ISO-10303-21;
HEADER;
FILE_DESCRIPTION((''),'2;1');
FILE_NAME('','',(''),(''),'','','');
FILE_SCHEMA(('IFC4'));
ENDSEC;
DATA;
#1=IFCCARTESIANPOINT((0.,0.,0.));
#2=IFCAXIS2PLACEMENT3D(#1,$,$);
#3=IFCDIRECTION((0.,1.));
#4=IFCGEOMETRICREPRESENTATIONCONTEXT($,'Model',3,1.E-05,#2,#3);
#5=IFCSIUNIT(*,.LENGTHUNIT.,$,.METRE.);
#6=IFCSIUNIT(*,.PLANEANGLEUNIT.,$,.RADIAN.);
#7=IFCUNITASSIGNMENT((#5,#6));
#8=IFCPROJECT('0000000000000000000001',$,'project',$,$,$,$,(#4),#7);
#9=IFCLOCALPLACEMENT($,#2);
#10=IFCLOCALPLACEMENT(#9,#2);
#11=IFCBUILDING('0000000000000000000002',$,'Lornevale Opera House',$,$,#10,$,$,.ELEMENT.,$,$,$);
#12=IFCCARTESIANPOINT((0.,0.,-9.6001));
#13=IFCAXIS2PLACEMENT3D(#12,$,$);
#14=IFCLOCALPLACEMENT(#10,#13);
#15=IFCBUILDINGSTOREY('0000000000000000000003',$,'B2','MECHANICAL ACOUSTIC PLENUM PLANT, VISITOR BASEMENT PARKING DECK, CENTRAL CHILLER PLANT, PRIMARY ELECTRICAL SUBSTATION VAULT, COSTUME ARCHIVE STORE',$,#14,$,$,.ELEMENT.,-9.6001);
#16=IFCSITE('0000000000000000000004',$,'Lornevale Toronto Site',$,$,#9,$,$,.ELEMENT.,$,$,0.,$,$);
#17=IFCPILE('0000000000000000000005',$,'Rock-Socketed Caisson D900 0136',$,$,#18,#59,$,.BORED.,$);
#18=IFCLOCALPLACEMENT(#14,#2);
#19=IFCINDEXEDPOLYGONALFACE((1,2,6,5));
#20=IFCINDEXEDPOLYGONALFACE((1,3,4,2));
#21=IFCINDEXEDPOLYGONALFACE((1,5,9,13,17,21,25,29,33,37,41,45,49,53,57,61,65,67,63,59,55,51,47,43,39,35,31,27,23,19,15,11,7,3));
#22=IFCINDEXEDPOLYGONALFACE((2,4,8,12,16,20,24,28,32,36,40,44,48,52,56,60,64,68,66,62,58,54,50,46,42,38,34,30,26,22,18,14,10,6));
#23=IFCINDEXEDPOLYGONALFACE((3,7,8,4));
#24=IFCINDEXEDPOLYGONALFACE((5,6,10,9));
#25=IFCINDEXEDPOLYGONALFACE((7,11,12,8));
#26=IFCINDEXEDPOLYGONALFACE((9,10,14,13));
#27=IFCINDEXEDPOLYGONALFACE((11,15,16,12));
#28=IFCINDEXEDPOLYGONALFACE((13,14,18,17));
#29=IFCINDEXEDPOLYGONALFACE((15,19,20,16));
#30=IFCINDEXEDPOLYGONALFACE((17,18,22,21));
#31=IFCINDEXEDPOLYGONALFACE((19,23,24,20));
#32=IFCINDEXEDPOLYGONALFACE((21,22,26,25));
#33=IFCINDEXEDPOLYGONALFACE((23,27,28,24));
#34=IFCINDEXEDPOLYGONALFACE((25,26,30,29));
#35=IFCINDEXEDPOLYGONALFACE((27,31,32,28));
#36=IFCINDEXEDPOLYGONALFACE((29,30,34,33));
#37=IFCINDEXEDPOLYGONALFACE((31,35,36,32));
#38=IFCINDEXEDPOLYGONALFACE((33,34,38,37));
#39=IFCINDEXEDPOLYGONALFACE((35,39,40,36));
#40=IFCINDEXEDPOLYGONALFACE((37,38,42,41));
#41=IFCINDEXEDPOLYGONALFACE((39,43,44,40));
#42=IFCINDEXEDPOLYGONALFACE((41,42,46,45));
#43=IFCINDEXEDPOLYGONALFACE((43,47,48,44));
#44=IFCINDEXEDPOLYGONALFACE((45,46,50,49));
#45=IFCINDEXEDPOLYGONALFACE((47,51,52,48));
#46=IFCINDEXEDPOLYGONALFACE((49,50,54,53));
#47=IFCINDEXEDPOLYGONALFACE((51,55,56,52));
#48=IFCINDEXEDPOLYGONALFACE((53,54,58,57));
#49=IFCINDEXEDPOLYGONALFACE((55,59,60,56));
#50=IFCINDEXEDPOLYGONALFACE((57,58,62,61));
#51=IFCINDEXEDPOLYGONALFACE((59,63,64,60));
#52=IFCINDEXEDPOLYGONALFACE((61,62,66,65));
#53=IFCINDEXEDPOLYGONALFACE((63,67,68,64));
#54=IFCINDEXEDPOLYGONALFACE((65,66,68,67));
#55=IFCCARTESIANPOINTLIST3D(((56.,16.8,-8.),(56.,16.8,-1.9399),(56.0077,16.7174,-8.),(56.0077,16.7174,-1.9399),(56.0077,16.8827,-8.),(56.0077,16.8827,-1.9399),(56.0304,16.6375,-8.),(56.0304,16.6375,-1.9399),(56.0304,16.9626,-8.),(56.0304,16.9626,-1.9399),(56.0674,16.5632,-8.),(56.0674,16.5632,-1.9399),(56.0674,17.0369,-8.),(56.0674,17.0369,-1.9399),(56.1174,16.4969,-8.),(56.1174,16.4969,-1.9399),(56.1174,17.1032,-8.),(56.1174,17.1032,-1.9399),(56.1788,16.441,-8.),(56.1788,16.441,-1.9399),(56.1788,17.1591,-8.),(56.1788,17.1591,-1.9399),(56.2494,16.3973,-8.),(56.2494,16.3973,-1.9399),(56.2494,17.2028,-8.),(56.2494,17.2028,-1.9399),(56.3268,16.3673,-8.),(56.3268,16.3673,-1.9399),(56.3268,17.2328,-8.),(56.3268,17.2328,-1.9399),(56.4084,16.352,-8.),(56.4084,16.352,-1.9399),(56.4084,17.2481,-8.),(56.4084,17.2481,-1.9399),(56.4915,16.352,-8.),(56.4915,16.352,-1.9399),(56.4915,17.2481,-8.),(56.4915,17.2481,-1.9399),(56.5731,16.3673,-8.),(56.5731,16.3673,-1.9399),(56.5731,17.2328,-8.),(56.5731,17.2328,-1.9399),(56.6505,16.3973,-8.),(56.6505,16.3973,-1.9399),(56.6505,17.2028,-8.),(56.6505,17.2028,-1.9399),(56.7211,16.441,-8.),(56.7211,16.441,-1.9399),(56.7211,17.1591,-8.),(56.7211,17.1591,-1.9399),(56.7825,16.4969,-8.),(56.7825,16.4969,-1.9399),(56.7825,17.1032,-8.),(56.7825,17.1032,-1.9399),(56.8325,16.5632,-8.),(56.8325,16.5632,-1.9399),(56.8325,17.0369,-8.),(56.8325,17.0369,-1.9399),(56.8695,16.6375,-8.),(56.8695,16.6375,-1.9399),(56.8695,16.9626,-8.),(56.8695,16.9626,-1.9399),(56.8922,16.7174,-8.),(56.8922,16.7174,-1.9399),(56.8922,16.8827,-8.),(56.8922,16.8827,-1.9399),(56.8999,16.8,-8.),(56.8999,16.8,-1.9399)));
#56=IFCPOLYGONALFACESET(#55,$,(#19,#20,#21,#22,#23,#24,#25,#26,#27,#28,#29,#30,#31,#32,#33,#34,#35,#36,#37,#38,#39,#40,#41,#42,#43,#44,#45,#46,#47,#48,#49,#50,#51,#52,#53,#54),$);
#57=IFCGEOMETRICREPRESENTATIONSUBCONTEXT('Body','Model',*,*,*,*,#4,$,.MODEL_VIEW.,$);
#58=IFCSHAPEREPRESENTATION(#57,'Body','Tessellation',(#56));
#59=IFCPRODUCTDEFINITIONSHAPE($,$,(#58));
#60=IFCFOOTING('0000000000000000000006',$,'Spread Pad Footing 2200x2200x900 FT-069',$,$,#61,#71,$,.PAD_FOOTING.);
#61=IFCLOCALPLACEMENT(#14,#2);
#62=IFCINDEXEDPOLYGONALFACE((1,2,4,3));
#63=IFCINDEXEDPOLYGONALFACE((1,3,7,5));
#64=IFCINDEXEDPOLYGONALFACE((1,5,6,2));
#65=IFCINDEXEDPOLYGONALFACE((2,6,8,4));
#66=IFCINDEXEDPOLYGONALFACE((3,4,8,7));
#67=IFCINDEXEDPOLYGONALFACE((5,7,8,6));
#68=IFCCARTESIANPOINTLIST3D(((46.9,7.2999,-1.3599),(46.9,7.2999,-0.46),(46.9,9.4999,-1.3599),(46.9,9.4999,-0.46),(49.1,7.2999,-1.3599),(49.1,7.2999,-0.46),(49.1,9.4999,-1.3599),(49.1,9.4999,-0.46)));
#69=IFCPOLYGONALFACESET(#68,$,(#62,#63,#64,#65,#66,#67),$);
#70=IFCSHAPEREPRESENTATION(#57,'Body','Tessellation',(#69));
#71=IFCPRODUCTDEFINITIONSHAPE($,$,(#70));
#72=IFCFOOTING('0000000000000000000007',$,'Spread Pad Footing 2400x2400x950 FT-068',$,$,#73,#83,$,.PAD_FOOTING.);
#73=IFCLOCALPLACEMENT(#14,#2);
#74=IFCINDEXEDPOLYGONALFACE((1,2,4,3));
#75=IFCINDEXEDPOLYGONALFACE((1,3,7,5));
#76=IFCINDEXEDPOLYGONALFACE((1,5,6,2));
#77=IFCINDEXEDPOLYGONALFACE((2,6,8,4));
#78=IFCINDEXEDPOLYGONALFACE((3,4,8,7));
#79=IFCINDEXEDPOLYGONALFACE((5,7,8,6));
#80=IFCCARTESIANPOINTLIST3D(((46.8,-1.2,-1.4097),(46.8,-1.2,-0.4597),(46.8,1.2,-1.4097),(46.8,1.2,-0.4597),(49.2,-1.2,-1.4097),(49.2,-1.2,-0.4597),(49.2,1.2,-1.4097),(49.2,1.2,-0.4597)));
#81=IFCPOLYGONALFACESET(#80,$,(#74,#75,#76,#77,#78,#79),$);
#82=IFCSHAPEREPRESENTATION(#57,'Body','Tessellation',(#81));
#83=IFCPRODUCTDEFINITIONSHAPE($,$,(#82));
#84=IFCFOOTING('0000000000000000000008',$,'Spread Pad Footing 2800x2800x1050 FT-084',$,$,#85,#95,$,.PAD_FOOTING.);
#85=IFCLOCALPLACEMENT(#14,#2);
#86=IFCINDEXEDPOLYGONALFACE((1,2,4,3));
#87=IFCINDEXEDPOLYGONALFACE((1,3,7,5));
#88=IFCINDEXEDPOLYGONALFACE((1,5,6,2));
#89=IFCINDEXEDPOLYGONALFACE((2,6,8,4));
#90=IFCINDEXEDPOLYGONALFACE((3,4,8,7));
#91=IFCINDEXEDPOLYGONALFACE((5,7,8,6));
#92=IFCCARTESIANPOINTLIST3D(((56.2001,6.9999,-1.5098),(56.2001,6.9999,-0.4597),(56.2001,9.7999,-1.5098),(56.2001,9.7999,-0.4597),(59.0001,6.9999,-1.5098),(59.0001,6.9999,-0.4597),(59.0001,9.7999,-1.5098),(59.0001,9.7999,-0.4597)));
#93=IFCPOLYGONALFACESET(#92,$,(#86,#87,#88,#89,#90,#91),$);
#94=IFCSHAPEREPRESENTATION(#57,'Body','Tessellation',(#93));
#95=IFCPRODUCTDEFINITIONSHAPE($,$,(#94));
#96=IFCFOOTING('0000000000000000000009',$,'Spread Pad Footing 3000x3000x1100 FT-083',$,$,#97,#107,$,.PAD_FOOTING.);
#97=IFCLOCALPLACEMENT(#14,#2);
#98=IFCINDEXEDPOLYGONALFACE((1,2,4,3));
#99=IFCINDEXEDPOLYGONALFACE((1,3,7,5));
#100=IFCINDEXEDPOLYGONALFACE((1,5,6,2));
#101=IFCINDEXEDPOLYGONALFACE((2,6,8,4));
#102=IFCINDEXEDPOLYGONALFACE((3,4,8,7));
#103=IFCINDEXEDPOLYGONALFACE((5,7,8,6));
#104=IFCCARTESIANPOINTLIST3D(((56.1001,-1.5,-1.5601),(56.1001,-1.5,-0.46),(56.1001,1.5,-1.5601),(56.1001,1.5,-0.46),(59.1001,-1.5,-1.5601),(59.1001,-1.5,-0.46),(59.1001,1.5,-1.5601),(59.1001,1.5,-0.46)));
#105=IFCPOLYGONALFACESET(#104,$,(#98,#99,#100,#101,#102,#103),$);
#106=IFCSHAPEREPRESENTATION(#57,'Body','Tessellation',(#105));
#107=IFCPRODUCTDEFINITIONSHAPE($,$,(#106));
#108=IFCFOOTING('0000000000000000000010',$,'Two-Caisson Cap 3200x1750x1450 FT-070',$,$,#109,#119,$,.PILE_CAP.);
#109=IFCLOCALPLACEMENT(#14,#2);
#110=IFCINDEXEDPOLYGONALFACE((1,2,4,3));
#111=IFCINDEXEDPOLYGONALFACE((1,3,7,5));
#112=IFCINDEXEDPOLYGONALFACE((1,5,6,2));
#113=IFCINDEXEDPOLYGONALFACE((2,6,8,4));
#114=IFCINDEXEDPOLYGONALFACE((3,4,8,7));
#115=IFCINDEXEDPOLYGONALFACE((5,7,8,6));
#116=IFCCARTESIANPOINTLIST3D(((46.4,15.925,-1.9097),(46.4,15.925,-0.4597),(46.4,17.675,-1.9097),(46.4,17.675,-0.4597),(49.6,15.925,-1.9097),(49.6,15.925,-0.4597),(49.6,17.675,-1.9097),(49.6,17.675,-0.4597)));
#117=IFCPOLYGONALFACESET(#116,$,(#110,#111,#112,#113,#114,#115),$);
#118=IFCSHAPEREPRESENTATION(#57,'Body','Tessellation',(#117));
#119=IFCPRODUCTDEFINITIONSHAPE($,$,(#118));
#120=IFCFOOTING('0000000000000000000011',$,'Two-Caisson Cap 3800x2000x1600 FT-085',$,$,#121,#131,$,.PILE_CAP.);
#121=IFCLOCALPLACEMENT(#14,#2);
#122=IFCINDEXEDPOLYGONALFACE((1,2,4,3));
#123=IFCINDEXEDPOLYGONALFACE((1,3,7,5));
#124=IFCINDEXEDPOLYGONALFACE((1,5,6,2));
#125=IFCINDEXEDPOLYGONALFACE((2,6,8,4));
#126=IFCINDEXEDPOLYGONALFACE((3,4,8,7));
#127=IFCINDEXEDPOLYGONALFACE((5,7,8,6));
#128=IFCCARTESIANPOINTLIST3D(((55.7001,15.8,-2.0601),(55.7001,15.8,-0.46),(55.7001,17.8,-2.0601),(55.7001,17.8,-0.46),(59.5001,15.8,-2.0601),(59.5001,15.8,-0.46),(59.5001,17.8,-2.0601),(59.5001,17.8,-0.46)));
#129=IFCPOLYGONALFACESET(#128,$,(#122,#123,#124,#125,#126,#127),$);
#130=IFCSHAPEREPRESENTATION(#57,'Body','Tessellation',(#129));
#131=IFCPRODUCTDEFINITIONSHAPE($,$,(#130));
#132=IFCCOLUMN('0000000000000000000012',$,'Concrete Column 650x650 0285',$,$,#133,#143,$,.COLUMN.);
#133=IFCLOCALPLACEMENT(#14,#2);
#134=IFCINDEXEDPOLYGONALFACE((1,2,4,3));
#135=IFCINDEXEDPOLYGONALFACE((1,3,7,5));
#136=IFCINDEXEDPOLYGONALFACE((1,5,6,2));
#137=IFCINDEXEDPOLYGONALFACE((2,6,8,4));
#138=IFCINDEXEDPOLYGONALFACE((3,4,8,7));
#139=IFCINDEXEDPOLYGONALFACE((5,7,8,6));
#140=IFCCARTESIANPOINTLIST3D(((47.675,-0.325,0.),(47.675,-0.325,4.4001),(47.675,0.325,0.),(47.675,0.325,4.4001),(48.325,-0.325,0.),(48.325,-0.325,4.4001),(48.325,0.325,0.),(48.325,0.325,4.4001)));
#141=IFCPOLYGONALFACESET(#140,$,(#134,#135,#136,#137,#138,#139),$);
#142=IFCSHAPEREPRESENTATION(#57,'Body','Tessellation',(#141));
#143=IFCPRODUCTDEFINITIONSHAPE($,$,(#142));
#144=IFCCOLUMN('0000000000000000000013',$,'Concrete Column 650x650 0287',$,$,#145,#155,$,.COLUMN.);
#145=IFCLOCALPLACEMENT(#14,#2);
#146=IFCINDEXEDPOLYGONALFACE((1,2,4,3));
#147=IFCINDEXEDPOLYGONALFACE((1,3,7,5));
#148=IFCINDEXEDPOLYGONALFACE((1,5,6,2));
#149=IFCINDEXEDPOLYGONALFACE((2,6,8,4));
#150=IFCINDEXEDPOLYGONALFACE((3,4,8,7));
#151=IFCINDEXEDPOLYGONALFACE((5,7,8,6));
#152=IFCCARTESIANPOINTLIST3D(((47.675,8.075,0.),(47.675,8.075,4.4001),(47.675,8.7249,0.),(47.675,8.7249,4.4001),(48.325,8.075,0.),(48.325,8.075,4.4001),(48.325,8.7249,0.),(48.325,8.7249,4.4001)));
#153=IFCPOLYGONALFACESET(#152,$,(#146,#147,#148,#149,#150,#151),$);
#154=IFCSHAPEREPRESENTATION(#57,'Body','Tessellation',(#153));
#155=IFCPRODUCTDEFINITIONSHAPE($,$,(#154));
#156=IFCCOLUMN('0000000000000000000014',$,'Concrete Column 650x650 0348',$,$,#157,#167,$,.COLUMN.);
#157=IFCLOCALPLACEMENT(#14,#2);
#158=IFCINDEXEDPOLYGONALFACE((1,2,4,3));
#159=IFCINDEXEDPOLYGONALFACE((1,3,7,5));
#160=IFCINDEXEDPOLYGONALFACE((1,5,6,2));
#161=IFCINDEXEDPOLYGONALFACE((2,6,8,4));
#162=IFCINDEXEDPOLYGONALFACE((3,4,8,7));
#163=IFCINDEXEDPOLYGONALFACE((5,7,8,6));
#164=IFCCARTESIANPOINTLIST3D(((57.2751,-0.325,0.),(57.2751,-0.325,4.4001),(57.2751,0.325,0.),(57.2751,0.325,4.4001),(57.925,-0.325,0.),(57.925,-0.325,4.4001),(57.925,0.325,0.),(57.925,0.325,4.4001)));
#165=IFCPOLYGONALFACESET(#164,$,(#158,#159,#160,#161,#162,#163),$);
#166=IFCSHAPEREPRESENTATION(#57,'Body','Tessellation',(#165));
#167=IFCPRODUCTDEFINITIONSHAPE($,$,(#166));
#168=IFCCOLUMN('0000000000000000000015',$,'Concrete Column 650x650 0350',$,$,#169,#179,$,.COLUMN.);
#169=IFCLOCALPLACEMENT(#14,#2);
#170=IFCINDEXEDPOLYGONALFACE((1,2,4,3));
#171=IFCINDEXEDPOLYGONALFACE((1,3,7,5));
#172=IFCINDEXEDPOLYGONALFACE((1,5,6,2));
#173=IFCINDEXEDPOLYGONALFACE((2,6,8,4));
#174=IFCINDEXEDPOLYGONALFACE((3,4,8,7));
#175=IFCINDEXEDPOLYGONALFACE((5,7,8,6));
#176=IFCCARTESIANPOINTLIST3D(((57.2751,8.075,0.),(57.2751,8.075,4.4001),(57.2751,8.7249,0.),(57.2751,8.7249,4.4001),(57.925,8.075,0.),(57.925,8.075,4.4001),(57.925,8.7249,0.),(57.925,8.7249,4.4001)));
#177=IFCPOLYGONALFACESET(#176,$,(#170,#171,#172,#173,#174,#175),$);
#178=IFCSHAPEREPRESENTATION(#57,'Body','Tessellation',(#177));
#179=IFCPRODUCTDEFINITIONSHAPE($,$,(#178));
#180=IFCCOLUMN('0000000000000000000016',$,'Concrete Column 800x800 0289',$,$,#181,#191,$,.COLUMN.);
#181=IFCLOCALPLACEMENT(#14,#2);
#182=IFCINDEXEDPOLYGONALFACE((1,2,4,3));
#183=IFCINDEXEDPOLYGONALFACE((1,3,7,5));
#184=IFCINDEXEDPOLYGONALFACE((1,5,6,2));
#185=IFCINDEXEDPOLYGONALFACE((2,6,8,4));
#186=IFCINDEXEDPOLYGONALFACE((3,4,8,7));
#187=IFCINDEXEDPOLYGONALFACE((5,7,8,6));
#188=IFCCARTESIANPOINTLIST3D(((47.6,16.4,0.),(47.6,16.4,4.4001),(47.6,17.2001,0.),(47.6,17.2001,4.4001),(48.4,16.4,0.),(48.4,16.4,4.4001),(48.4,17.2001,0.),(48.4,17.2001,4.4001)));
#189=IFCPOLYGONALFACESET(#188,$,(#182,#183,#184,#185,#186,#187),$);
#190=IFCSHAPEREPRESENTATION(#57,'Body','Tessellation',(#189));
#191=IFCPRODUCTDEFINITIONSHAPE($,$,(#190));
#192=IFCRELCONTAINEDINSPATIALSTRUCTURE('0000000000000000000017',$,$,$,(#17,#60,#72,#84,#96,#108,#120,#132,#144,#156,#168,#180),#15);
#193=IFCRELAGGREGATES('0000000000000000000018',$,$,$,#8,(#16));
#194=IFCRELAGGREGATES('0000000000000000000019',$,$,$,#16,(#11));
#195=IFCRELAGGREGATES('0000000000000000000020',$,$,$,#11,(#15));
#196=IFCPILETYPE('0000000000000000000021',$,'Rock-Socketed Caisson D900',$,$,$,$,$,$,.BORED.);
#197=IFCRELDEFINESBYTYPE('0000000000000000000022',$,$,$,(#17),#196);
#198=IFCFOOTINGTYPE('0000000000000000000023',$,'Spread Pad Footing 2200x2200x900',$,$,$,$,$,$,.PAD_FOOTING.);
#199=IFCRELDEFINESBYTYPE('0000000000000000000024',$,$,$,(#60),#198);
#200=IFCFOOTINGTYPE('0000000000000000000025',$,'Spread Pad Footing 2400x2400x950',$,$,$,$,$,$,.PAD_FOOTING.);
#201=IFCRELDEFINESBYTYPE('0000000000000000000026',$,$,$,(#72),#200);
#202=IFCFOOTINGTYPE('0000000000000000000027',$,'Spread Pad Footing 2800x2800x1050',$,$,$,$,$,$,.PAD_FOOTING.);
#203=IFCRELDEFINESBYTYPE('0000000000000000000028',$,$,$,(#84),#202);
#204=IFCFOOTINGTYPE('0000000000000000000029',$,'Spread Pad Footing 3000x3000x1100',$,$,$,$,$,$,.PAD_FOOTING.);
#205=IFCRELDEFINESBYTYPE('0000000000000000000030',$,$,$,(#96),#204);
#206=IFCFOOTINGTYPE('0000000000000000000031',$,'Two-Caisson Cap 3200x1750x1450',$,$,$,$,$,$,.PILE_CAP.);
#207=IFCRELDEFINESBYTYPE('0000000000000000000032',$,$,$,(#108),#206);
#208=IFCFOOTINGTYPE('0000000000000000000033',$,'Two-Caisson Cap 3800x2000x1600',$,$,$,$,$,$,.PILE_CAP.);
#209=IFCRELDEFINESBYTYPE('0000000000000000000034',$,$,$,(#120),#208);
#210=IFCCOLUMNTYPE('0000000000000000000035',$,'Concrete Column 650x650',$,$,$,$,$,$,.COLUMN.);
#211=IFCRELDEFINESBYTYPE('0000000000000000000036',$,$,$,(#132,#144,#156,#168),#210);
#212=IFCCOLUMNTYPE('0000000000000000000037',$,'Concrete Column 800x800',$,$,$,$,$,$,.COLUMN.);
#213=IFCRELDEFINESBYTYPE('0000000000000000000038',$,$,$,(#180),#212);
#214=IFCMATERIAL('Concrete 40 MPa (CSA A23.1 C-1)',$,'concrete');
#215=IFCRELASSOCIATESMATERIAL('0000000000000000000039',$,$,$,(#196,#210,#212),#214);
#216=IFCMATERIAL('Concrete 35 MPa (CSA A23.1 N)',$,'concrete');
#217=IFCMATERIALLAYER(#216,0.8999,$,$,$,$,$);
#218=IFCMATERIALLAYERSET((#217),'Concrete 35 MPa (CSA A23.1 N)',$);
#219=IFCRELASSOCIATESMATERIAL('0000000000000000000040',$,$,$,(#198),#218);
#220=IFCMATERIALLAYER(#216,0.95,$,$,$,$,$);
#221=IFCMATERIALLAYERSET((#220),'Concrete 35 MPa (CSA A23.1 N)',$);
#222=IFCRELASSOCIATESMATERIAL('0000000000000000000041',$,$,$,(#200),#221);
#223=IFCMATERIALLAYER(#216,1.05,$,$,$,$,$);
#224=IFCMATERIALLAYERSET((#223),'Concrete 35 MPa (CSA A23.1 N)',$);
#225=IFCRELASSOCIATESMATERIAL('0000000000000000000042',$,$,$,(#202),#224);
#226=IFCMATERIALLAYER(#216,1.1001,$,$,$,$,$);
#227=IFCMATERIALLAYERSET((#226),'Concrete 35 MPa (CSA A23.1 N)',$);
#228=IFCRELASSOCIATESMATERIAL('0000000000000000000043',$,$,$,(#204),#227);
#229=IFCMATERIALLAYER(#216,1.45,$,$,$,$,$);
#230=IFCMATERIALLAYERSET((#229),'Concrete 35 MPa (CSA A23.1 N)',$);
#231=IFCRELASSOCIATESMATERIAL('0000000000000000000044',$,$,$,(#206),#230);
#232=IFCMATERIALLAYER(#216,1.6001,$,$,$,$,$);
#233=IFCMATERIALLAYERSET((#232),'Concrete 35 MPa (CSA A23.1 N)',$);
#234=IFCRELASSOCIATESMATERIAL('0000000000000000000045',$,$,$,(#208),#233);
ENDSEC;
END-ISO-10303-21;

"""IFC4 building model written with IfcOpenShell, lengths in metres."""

from ifc_helpers import new_model, si_unit, direction, frame, origin, origin_2d, place, context, subcontext, project, spatial, rectangle, circle, extrude, material, layer, layer_set, material_profile, profile_set, type_object, element, save


model = new_model("IFC4")

# Units and contexts
model_context = context("Model", 3, precision=1e-05, world=origin(), true_north=direction((0.0, 1.0)))
body_context = subcontext(model_context, "Body", "Model", "MODEL_VIEW")
ifc_project = project(units=[si_unit("LENGTHUNIT", "METRE"), si_unit("PLANEANGLEUNIT", "RADIAN")], contexts=[model_context])

# Site, building, storey
site_placement = place(None, origin())
site = spatial("IfcSite", under=ifc_project, at=site_placement, Name="Lornevale Toronto Site", CompositionType="ELEMENT", RefElevation=0.0)
building_placement = place(site_placement, origin())
building = spatial("IfcBuilding", under=site, at=building_placement, Name="Lornevale Opera House", CompositionType="ELEMENT")
storey_placement = place(building_placement, frame((0.0, 0.0, -9.6001)))
storey = spatial("IfcBuildingStorey", under=building, at=storey_placement, Name="B2", Description="MECHANICAL ACOUSTIC PLENUM PLANT, VISITOR BASEMENT PARKING DECK, CENTRAL CHILLER PLANT, PRIMARY ELECTRICAL SUBSTATION VAULT, COSTUME ARCHIVE STORE", CompositionType="ELEMENT", Elevation=-9.6001)

# Shared definitions
ifc_material_1 = material(Name="Concrete 40 MPa (CSA A23.1 C-1)", Category="concrete")

# Shared definitions
ifc_material_2 = material(Name="Concrete 35 MPa (CSA A23.1 N)", Category="concrete")

# Pile
ifc_material_profile_1 = material_profile(ifc_material_1, circle(Radius=0.45, at=origin_2d()), Name="CAIS900")
ifc_profile_set_1 = profile_set([ifc_material_profile_1], Name="Concrete 40 MPa (CSA A23.1 C-1)")
pile_type_1 = type_object("IfcPileType", Name="Rock-Socketed Caisson D900", PredefinedType="BORED", material=ifc_profile_set_1)
pile_1_placement = place(storey_placement, frame((56.45, 16.8, -1.9399), z_axis=(0.0, 0.0, -1.0), x_axis=(1.0, 0.0, 0.0)))
element("IfcPile", 1, at=pile_1_placement, inside=storey, type_object=pile_type_1, Name="Rock-Socketed Caisson D900 0136", PredefinedType="BORED", context=body_context, shape_type="SweptSolid", body=[
    extrude(circle(Radius=0.45, at=origin_2d()), origin(), (0.0, 0.0, 1.0), 6.0601),
])

# Footings
ifc_layer_1 = layer(ifc_material_2, 0.8999)
ifc_layer_set_1 = layer_set([ifc_layer_1], Name="Concrete 35 MPa (CSA A23.1 N)")
footing_type_1 = type_object("IfcFootingType", Name="Spread Pad Footing 2200x2200x900", PredefinedType="PAD_FOOTING", material=ifc_layer_set_1)
footing_1_placement = place(storey_placement, frame((48.0, 8.3999, -1.3599), z_axis=(0.0, 0.0, 1.0), x_axis=(1.0, 0.0, 0.0)))
element("IfcFooting", 2, at=footing_1_placement, inside=storey, type_object=footing_type_1, Name="Spread Pad Footing 2200x2200x900 FT-069", PredefinedType="PAD_FOOTING", context=body_context, shape_type="SweptSolid", body=[
    extrude(rectangle(XDim=2.2, YDim=2.2, at=origin_2d()), origin(), (0.0, 0.0, 1.0), 0.8999),
])
ifc_layer_2 = layer(ifc_material_2, 0.95)
ifc_layer_set_2 = layer_set([ifc_layer_2], Name="Concrete 35 MPa (CSA A23.1 N)")
footing_type_2 = type_object("IfcFootingType", Name="Spread Pad Footing 2400x2400x950", PredefinedType="PAD_FOOTING", material=ifc_layer_set_2)
footing_2_placement = place(storey_placement, frame((48.0, 0.0, -1.4097), z_axis=(0.0, 0.0, 1.0), x_axis=(1.0, 0.0, 0.0)))
element("IfcFooting", 3, at=footing_2_placement, inside=storey, type_object=footing_type_2, Name="Spread Pad Footing 2400x2400x950 FT-068", PredefinedType="PAD_FOOTING", context=body_context, shape_type="SweptSolid", body=[
    extrude(rectangle(XDim=2.3999, YDim=2.3999, at=origin_2d()), origin(), (0.0, 0.0, 1.0), 0.95),
])
ifc_layer_3 = layer(ifc_material_2, 1.05)
ifc_layer_set_3 = layer_set([ifc_layer_3], Name="Concrete 35 MPa (CSA A23.1 N)")
footing_type_3 = type_object("IfcFootingType", Name="Spread Pad Footing 2800x2800x1050", PredefinedType="PAD_FOOTING", material=ifc_layer_set_3)
footing_3_placement = place(storey_placement, frame((57.6001, 8.3999, -1.5098), z_axis=(0.0, 0.0, 1.0), x_axis=(1.0, 0.0, 0.0)))
element("IfcFooting", 4, at=footing_3_placement, inside=storey, type_object=footing_type_3, Name="Spread Pad Footing 2800x2800x1050 FT-084", PredefinedType="PAD_FOOTING", context=body_context, shape_type="SweptSolid", body=[
    extrude(rectangle(XDim=2.8, YDim=2.8, at=origin_2d()), origin(), (0.0, 0.0, 1.0), 1.05),
])
ifc_layer_4 = layer(ifc_material_2, 1.1001)
ifc_layer_set_4 = layer_set([ifc_layer_4], Name="Concrete 35 MPa (CSA A23.1 N)")
footing_type_4 = type_object("IfcFootingType", Name="Spread Pad Footing 3000x3000x1100", PredefinedType="PAD_FOOTING", material=ifc_layer_set_4)
footing_4_placement = place(storey_placement, frame((57.6001, 0.0, -1.5601), z_axis=(0.0, 0.0, 1.0), x_axis=(1.0, 0.0, 0.0)))
element("IfcFooting", 5, at=footing_4_placement, inside=storey, type_object=footing_type_4, Name="Spread Pad Footing 3000x3000x1100 FT-083", PredefinedType="PAD_FOOTING", context=body_context, shape_type="SweptSolid", body=[
    extrude(rectangle(XDim=3.0, YDim=3.0, at=origin_2d()), origin(), (0.0, 0.0, 1.0), 1.1001),
])
ifc_layer_5 = layer(ifc_material_2, 1.45)
ifc_layer_set_5 = layer_set([ifc_layer_5], Name="Concrete 35 MPa (CSA A23.1 N)")
footing_type_5 = type_object("IfcFootingType", Name="Two-Caisson Cap 3200x1750x1450", PredefinedType="PILE_CAP", material=ifc_layer_set_5)
footing_5_placement = place(storey_placement, frame((48.0, 16.8, -1.9097), z_axis=(0.0, 0.0, 1.0), x_axis=(1.0, 0.0, 0.0)))
element("IfcFooting", 6, at=footing_5_placement, inside=storey, type_object=footing_type_5, Name="Two-Caisson Cap 3200x1750x1450 FT-070", PredefinedType="PILE_CAP", context=body_context, shape_type="SweptSolid", body=[
    extrude(rectangle(XDim=3.2, YDim=1.75, at=origin_2d()), origin(), (0.0, 0.0, 1.0), 1.45),
])
ifc_layer_6 = layer(ifc_material_2, 1.6001)
ifc_layer_set_6 = layer_set([ifc_layer_6], Name="Concrete 35 MPa (CSA A23.1 N)")
footing_type_6 = type_object("IfcFootingType", Name="Two-Caisson Cap 3800x2000x1600", PredefinedType="PILE_CAP", material=ifc_layer_set_6)
footing_6_placement = place(storey_placement, frame((57.6001, 16.8, -2.0601), z_axis=(0.0, 0.0, 1.0), x_axis=(1.0, 0.0, 0.0)))
element("IfcFooting", 7, at=footing_6_placement, inside=storey, type_object=footing_type_6, Name="Two-Caisson Cap 3800x2000x1600 FT-085", PredefinedType="PILE_CAP", context=body_context, shape_type="SweptSolid", body=[
    extrude(rectangle(XDim=3.8, YDim=2.0, at=origin_2d()), origin(), (0.0, 0.0, 1.0), 1.6001),
])

# Columns
ifc_material_profile_2 = material_profile(ifc_material_1, rectangle(XDim=0.6499, YDim=0.6499, at=origin_2d()), Name="RC650x650")
ifc_profile_set_2 = profile_set([ifc_material_profile_2], Name="Concrete 40 MPa (CSA A23.1 C-1)")
column_type_1 = type_object("IfcColumnType", Name="Concrete Column 650x650", PredefinedType="COLUMN", material=ifc_profile_set_2)
for number, where, z_axis, x_axis, name in (
    (8, (48.0, 0.0, 0.0), (0.0, 0.0, 1.0), (1.0, 0.0, 0.0), "Concrete Column 650x650 0285"),
    (9, (48.0, 8.3999, 0.0), (0.0, 0.0, 1.0), (1.0, 0.0, 0.0), "Concrete Column 650x650 0287"),
    (10, (57.6001, 0.0, 0.0), (0.0, 0.0, 1.0), (1.0, 0.0, 0.0), "Concrete Column 650x650 0348"),
    (11, (57.6001, 8.3999, 0.0), (0.0, 0.0, 1.0), (1.0, 0.0, 0.0), "Concrete Column 650x650 0350"),
):
    element("IfcColumn", number, at=place(storey_placement, frame(where, z_axis=z_axis, x_axis=x_axis)), inside=storey, type_object=column_type_1, Name=name, PredefinedType="COLUMN", context=body_context, shape_type="SweptSolid", body=[
        extrude(rectangle(XDim=0.6499, YDim=0.6499, at=origin_2d()), origin(), (0.0, 0.0, 1.0), 4.4001),
    ])
ifc_material_profile_3 = material_profile(ifc_material_1, rectangle(XDim=0.8, YDim=0.8, at=origin_2d()), Name="RC800x800")
ifc_profile_set_3 = profile_set([ifc_material_profile_3], Name="Concrete 40 MPa (CSA A23.1 C-1)")
column_type_2 = type_object("IfcColumnType", Name="Concrete Column 800x800", PredefinedType="COLUMN", material=ifc_profile_set_3)
for number, where, z_axis, x_axis, name in (
    (12, (48.0, 16.8, 0.0), (0.0, 0.0, 1.0), (1.0, 0.0, 0.0), "Concrete Column 800x800 0289"),
):
    element("IfcColumn", number, at=place(storey_placement, frame(where, z_axis=z_axis, x_axis=x_axis)), inside=storey, type_object=column_type_2, Name=name, PredefinedType="COLUMN", context=body_context, shape_type="SweptSolid", body=[
        extrude(rectangle(XDim=0.8, YDim=0.8, at=origin_2d()), origin(), (0.0, 0.0, 1.0), 4.4001),
    ])

save(model, "model.ifc")
